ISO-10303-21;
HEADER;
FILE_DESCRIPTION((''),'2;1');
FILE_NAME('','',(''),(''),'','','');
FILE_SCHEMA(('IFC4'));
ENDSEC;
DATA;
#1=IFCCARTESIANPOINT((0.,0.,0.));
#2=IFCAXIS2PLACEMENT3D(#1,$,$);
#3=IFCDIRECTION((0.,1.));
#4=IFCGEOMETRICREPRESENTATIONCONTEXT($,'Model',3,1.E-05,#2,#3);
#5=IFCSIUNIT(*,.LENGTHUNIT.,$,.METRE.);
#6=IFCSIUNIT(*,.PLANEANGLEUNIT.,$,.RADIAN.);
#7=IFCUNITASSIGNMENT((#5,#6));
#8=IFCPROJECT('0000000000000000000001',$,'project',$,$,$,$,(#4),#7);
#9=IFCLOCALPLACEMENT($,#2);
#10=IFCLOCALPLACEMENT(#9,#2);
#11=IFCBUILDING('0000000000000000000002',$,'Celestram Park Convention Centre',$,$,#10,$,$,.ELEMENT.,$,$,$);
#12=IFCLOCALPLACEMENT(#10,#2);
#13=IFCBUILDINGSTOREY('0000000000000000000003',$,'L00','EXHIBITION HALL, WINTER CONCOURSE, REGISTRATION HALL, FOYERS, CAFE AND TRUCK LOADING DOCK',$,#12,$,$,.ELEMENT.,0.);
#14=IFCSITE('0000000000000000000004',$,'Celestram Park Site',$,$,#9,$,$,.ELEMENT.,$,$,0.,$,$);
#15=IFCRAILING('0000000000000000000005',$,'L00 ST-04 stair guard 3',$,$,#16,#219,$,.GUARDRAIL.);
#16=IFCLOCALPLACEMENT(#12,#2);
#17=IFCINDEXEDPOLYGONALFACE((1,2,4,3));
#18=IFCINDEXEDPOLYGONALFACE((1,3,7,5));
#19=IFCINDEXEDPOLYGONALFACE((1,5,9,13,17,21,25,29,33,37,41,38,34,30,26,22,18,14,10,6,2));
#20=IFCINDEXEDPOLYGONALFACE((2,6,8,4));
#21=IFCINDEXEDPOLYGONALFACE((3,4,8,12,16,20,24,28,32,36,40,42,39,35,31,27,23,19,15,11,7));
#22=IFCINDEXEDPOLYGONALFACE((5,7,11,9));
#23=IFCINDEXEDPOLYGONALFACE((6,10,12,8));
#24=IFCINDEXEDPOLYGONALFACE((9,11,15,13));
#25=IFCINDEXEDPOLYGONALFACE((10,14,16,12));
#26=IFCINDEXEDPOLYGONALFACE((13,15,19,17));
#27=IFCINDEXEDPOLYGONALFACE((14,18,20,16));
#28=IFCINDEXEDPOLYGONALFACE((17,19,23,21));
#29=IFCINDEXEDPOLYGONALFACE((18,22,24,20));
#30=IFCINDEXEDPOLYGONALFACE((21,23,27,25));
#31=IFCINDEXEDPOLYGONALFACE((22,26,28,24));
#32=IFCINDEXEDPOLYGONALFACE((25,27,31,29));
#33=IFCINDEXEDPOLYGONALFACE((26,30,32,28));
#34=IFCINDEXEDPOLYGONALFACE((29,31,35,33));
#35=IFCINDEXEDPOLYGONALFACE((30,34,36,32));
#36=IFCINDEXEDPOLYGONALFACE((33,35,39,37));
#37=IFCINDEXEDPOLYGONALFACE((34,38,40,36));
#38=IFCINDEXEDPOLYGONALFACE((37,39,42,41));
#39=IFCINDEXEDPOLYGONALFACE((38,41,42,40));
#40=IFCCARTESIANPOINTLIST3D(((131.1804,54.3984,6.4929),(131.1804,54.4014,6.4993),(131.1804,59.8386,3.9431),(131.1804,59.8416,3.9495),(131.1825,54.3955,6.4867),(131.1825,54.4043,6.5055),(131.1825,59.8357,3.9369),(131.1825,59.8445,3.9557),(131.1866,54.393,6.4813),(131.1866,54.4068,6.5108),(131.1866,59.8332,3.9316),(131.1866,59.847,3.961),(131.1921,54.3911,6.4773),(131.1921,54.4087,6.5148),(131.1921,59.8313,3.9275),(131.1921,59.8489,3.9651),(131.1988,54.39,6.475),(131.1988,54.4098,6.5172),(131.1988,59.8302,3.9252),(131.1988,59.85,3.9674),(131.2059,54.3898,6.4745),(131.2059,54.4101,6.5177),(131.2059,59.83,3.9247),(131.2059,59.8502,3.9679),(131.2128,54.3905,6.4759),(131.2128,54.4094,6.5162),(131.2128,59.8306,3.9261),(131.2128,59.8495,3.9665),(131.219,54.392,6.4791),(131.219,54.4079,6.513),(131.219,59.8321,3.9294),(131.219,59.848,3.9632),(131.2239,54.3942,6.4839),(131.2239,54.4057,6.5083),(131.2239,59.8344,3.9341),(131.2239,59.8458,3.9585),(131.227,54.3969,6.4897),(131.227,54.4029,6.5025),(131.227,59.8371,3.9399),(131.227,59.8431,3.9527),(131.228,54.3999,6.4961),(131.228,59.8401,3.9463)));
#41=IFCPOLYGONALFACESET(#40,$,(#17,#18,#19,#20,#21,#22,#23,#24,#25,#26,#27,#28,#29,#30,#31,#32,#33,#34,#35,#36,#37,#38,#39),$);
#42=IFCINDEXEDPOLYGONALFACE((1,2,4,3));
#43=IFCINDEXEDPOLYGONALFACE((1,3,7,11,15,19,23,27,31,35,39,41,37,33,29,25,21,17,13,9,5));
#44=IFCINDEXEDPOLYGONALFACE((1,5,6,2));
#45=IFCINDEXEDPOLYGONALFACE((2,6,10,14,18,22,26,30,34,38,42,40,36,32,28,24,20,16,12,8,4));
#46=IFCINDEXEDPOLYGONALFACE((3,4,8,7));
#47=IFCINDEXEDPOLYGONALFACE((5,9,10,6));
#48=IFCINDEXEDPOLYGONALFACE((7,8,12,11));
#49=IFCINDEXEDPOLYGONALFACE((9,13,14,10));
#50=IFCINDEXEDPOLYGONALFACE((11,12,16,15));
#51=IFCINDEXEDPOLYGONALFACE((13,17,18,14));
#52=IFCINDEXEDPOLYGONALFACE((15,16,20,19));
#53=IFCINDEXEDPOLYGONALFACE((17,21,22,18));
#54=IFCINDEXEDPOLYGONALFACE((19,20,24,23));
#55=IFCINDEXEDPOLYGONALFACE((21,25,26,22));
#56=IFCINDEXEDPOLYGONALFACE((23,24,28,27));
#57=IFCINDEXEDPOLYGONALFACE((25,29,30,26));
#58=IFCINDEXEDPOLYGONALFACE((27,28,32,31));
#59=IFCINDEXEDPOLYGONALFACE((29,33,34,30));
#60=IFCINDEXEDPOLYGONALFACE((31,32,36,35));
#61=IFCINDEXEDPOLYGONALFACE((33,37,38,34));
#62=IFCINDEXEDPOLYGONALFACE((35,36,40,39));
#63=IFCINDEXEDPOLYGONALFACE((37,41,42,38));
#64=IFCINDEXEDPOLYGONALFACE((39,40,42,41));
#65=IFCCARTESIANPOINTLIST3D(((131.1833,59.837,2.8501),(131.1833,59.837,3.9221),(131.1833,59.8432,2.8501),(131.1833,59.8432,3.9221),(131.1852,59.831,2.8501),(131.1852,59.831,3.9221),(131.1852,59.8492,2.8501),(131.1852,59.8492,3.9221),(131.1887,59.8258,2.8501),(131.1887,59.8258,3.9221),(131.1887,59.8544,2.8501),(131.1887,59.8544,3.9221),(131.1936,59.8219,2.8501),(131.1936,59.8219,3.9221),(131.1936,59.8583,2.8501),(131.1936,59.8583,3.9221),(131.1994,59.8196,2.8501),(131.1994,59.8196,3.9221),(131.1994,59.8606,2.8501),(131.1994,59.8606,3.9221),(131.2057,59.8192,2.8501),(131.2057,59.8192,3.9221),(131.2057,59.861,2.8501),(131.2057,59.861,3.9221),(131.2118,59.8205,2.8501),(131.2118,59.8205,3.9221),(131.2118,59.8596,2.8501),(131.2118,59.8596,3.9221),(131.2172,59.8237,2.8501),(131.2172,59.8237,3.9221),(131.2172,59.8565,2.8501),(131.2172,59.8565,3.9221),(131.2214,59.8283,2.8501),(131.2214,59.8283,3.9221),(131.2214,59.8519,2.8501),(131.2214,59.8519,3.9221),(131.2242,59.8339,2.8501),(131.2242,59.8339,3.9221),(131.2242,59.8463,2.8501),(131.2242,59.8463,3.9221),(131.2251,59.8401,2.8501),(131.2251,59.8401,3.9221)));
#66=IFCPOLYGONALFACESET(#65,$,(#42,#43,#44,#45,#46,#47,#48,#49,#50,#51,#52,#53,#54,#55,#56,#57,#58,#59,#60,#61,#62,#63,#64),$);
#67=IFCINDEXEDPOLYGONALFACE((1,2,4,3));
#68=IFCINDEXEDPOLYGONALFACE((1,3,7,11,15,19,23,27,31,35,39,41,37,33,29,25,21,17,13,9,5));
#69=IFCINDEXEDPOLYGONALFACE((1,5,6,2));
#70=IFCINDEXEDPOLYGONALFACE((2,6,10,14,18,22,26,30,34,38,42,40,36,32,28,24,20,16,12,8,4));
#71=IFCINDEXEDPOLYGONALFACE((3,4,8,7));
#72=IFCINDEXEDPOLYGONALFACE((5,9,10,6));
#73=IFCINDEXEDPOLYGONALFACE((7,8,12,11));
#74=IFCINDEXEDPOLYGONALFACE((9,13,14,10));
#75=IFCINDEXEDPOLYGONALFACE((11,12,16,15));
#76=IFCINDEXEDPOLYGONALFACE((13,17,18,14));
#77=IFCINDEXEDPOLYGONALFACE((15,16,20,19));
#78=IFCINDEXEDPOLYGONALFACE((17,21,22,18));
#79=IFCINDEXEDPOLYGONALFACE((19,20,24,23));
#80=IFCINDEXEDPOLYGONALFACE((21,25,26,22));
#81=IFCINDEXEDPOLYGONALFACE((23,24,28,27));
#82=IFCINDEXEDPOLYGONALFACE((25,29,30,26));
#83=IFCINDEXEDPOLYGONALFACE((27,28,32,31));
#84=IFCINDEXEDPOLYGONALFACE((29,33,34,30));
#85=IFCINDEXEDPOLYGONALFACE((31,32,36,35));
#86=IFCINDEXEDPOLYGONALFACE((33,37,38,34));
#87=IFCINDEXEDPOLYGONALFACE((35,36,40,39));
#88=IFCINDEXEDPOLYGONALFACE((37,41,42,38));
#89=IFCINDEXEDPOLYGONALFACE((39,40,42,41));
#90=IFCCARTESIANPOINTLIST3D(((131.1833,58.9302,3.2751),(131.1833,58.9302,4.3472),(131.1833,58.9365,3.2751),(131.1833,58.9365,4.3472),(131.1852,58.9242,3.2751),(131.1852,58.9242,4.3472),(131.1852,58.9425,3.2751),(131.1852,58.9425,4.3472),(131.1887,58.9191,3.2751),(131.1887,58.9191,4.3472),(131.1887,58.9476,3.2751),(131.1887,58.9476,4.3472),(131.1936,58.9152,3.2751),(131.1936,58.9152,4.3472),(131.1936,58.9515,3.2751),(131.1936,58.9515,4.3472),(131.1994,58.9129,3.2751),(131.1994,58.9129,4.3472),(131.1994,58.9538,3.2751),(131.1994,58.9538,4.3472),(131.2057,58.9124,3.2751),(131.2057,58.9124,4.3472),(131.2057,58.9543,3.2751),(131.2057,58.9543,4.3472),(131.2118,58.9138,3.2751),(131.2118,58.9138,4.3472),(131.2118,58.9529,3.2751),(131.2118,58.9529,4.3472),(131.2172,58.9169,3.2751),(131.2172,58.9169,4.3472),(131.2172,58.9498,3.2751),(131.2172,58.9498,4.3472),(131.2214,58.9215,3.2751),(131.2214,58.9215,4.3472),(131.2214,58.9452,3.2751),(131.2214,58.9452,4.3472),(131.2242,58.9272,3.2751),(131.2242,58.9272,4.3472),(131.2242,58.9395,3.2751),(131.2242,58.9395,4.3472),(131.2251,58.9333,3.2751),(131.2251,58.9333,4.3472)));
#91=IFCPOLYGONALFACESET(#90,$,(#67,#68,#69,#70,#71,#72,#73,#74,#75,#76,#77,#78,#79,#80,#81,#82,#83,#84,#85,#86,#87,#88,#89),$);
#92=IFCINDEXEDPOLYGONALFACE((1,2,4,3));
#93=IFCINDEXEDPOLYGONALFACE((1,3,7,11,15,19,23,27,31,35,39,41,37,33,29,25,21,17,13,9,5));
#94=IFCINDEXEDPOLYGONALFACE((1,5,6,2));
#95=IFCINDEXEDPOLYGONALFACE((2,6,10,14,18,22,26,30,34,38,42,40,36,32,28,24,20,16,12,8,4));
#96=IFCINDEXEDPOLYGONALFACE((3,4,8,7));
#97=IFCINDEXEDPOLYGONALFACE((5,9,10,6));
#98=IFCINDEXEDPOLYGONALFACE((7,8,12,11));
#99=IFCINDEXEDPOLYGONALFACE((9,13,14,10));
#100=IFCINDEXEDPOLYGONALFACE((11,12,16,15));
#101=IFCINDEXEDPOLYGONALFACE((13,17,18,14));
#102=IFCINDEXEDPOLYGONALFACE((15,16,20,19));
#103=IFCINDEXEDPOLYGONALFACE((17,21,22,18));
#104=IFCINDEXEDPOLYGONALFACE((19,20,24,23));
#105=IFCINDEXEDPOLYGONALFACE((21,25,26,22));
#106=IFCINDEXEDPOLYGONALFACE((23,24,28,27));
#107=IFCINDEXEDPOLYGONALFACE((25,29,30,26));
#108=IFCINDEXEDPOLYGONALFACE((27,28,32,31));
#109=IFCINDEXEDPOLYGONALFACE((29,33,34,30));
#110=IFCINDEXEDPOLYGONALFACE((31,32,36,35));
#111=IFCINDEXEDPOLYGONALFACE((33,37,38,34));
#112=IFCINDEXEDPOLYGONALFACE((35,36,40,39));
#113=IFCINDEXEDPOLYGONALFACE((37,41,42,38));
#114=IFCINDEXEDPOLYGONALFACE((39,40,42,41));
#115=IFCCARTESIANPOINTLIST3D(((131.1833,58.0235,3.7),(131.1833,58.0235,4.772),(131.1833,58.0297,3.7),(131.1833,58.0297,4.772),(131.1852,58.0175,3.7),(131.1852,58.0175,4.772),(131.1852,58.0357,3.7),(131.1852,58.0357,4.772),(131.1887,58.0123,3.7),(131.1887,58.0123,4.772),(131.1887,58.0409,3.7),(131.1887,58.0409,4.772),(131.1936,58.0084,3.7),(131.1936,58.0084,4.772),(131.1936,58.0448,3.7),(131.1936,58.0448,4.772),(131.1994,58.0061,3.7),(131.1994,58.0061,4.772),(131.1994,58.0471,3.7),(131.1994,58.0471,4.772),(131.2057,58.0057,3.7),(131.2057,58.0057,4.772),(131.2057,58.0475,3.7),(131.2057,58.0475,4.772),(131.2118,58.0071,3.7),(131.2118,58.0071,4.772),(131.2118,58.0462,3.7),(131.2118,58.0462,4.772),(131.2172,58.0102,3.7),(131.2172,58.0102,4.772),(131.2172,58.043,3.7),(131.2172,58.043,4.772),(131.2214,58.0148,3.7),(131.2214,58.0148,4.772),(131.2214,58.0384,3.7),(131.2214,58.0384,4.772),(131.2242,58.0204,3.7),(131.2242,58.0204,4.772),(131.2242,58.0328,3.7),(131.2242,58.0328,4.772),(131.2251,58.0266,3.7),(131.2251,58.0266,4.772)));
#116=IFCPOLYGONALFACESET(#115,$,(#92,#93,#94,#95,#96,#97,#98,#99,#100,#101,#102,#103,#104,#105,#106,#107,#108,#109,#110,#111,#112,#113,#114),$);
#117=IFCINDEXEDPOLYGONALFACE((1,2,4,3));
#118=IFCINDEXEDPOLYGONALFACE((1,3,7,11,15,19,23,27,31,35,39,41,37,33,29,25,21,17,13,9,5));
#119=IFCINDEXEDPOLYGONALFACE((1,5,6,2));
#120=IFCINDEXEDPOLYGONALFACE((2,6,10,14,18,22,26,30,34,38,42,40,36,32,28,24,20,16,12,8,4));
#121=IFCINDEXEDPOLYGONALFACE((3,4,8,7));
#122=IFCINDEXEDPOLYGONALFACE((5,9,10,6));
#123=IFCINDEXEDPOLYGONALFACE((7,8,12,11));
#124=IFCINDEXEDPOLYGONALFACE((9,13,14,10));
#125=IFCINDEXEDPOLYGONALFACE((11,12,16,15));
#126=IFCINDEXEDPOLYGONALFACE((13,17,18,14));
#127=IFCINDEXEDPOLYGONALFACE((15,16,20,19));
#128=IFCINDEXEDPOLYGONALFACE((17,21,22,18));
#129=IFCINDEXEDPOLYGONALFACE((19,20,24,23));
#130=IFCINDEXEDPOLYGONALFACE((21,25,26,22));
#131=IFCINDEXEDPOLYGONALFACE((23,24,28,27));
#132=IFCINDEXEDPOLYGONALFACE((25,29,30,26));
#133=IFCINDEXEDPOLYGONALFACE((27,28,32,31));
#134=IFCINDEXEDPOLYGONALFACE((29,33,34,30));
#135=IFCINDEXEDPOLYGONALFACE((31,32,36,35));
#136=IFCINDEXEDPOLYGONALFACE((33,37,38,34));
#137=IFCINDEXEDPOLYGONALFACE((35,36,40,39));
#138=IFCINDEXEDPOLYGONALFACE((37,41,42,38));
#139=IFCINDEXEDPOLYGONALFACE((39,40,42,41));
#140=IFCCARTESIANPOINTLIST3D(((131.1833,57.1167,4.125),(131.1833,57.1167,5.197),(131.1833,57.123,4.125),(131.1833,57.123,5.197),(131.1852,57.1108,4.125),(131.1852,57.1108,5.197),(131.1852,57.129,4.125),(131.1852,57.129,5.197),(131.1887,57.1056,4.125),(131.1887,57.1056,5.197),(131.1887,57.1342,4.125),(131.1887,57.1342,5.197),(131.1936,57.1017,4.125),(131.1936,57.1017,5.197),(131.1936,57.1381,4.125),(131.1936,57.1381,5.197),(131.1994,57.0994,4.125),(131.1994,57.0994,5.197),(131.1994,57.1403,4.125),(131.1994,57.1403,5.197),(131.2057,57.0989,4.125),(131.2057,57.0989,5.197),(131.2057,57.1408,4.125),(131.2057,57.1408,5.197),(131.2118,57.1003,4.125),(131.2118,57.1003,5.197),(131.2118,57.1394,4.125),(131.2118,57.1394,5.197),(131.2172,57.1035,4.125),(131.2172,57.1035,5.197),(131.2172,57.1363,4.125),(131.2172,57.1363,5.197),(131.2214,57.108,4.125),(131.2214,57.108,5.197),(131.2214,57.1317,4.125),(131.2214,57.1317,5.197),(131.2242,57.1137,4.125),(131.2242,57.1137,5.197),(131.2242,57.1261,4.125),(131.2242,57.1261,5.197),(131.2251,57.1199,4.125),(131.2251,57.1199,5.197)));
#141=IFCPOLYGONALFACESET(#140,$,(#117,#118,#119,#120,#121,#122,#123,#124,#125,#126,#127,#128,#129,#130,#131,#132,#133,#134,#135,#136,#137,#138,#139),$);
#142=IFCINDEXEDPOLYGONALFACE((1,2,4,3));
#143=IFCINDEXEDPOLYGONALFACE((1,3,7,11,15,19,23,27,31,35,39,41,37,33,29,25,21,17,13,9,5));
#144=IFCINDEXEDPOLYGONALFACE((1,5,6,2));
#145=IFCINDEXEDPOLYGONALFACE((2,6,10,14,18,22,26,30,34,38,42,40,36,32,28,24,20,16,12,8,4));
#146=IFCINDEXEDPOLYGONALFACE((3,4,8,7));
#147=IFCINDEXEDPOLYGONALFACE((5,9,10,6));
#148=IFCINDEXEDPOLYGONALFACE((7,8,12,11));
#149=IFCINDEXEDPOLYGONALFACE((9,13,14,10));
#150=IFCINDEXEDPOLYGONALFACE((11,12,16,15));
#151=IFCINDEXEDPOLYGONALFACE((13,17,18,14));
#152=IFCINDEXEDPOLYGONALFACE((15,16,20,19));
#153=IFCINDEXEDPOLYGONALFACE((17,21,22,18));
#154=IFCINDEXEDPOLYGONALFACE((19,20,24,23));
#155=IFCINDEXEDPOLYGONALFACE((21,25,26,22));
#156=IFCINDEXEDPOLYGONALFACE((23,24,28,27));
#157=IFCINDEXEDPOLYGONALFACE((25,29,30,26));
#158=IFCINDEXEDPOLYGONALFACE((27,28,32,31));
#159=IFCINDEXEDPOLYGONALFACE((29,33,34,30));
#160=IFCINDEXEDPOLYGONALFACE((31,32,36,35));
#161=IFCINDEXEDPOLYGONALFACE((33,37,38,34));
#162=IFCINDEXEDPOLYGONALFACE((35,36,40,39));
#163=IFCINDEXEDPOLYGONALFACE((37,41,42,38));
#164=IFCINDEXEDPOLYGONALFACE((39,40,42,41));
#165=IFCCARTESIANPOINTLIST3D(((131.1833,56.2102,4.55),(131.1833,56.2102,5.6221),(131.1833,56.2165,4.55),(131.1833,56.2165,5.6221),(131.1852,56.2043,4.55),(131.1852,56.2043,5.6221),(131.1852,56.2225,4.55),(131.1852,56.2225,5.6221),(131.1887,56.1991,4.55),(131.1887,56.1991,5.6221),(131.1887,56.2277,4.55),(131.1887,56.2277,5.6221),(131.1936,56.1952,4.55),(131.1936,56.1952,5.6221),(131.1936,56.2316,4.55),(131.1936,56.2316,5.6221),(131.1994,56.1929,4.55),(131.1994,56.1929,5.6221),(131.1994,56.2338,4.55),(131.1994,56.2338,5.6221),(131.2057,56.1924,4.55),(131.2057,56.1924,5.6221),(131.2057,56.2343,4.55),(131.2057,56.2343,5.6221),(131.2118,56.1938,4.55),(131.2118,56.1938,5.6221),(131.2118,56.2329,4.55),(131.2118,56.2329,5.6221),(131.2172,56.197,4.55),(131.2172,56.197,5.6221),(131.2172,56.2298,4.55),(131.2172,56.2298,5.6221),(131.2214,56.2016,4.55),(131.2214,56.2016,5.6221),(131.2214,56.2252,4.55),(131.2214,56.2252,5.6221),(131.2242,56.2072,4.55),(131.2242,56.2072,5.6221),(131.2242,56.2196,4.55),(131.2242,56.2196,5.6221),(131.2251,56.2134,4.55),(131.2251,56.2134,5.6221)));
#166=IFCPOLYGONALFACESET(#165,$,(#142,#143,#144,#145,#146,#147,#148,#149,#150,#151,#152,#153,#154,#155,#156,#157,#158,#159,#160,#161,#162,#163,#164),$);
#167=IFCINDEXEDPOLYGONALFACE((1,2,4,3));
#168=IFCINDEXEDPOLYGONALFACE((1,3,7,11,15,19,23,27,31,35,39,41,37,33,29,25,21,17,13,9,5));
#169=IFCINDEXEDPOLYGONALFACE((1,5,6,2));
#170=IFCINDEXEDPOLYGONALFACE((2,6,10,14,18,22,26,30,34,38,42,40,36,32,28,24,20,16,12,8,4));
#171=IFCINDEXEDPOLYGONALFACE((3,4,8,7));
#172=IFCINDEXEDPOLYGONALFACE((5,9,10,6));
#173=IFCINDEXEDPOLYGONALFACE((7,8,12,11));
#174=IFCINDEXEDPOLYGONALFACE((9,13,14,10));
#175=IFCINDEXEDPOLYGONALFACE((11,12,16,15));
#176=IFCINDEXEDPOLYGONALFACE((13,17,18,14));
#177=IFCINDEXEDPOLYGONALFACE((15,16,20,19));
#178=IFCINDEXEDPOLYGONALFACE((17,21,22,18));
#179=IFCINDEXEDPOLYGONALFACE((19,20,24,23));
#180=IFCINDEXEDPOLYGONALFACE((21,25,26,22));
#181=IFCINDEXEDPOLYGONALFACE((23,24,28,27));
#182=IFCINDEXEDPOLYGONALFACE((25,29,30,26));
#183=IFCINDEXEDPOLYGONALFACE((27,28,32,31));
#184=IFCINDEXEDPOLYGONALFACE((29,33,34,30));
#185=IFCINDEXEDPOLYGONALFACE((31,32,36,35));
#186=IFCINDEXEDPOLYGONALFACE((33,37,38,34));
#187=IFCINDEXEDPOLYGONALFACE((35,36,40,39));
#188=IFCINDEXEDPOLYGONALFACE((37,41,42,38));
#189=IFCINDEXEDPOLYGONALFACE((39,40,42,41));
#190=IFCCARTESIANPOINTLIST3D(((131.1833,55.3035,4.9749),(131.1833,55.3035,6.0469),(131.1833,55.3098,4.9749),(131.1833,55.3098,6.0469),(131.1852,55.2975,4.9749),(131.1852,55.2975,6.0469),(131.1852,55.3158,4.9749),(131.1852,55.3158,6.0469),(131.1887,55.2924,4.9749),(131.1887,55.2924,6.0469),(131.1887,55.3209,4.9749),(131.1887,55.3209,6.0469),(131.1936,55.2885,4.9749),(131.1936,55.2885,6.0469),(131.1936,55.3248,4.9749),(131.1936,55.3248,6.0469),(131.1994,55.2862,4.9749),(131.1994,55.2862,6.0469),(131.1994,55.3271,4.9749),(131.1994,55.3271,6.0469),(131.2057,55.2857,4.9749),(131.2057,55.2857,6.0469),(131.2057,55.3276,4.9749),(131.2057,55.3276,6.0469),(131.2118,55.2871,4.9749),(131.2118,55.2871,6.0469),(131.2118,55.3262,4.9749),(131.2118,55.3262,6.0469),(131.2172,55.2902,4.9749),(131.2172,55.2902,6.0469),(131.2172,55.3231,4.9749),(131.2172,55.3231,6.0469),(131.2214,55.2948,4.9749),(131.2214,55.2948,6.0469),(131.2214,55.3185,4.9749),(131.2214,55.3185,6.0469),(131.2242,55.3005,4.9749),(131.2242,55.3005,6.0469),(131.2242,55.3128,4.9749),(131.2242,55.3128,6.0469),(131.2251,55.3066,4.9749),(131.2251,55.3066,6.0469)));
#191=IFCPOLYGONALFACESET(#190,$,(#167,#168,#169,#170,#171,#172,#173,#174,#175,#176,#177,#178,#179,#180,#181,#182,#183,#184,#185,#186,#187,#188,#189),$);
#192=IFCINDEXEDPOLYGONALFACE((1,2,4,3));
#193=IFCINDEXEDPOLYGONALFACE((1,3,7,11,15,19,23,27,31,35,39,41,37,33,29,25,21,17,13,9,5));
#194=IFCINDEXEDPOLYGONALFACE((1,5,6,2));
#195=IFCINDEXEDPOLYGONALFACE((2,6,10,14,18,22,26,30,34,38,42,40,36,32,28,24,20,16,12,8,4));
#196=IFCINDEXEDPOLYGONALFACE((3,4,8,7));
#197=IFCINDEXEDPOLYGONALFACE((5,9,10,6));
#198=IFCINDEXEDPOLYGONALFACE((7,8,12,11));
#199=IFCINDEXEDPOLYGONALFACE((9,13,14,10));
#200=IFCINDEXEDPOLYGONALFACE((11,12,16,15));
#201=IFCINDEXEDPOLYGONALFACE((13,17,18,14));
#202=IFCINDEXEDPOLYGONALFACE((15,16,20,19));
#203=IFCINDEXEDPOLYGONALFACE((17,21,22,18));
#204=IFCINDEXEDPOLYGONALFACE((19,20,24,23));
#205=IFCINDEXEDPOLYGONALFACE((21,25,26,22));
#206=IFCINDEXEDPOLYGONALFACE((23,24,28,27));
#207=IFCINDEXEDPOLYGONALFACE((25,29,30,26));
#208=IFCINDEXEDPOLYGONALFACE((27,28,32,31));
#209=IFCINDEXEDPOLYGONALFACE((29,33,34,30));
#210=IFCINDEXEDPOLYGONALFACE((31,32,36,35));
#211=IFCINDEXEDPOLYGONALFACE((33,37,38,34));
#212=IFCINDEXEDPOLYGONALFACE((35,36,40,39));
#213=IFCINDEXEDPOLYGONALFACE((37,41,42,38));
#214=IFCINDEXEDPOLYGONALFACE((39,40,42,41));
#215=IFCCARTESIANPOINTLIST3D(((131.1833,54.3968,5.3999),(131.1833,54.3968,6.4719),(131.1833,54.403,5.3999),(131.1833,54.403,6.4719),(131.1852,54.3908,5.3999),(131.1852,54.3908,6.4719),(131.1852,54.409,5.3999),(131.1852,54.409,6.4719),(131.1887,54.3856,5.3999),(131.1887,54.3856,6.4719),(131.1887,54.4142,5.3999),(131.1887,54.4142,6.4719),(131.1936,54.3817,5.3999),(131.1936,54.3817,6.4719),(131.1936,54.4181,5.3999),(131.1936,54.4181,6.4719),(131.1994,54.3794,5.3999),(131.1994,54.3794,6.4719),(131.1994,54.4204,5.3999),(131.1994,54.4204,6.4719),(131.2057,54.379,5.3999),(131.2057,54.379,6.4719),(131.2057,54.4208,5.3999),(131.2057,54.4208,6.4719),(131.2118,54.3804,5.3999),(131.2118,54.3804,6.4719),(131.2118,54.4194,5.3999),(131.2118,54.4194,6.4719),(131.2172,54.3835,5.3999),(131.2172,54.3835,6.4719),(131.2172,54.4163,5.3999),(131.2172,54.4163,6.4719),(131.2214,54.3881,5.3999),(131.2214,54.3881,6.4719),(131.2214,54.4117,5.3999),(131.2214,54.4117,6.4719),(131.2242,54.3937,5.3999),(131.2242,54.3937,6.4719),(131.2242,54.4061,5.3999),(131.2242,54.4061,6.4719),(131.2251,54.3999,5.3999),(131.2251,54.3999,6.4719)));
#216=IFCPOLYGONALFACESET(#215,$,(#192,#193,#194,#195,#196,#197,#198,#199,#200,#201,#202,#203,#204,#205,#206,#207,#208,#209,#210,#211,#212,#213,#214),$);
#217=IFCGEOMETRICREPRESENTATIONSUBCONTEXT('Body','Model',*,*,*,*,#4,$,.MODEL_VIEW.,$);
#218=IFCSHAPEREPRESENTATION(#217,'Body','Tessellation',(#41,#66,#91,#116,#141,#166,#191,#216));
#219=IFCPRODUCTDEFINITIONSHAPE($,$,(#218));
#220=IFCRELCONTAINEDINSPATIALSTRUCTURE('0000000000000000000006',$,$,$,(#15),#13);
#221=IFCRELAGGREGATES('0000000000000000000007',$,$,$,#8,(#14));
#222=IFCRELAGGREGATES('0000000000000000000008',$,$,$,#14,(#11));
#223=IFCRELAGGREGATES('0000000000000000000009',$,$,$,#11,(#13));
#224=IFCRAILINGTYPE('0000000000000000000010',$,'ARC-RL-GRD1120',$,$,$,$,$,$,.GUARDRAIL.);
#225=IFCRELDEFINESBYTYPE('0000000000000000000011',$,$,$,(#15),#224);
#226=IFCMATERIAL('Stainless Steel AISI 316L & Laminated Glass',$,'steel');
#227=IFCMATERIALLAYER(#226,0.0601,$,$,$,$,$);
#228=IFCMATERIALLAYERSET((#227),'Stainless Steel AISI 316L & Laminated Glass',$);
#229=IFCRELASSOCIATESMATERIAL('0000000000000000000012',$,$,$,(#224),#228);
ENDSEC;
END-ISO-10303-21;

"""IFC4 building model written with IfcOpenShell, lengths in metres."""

from ifc_helpers import new_model, si_unit, direction, frame, origin, origin_2d, place, context, subcontext, project, spatial, circle, extrude, material, layer, layer_set, type_object, element, save


model = new_model("IFC4")

# Units and contexts
model_context = context("Model", 3, precision=1e-05, world=origin(), true_north=direction((0.0, 1.0)))
body_context = subcontext(model_context, "Body", "Model", "MODEL_VIEW")
ifc_project = project(units=[si_unit("LENGTHUNIT", "METRE"), si_unit("PLANEANGLEUNIT", "RADIAN")], contexts=[model_context])

# Site, building, storey
site_placement = place(None, origin())
site = spatial("IfcSite", under=ifc_project, at=site_placement, Name="Celestram Park Site", CompositionType="ELEMENT", RefElevation=0.0)
building_placement = place(site_placement, origin())
building = spatial("IfcBuilding", under=site, at=building_placement, Name="Celestram Park Convention Centre", CompositionType="ELEMENT")
storey_placement = place(building_placement, origin())
storey = spatial("IfcBuildingStorey", under=building, at=storey_placement, Name="L00", Description="EXHIBITION HALL, WINTER CONCOURSE, REGISTRATION HALL, FOYERS, CAFE AND TRUCK LOADING DOCK", CompositionType="ELEMENT", Elevation=0.0)

# Railing
ifc_material_1 = material(Name="Stainless Steel AISI 316L & Laminated Glass", Category="steel")
ifc_layer_1 = layer(ifc_material_1, 0.0601)
ifc_layer_set_1 = layer_set([ifc_layer_1], Name="Stainless Steel AISI 316L & Laminated Glass")
railing_type_1 = type_object("IfcRailingType", Name="ARC-RL-GRD1120", PredefinedType="GUARDRAIL", material=ifc_layer_set_1)
railing_1_placement = place(storey_placement, frame((131.2041, 59.8401, 2.8501)))
element("IfcRailing", 1, at=railing_1_placement, inside=storey, type_object=railing_type_1, Name="L00 ST-04 stair guard 3", PredefinedType="GUARDRAIL", context=body_context, shape_type="SweptSolid", body=[
    extrude(circle(Radius=0.0239, at=origin_2d()), frame((0.0, 0.0, 1.0962), z_axis=(0.0, -0.905477, 0.424395), x_axis=(1.0, 0.0, 0.0)), (0.0, 0.0, 1.0), 6.0081),
    extrude(circle(Radius=0.021, at=origin_2d()), origin(), (0.0, 0.0, 1.0), 1.072),
    extrude(circle(Radius=0.021, at=origin_2d()), frame((0.0, -0.9067, 0.425)), (0.0, 0.0, 1.0), 1.072),
    extrude(circle(Radius=0.021, at=origin_2d()), frame((0.0, -1.8135, 0.8499)), (0.0, 0.0, 1.0), 1.072),
    extrude(circle(Radius=0.021, at=origin_2d()), frame((0.0, -2.7202, 1.2749)), (0.0, 0.0, 1.0), 1.072),
    extrude(circle(Radius=0.021, at=origin_2d()), frame((0.0, -3.6267, 1.7)), (0.0, 0.0, 1.0), 1.072),
    extrude(circle(Radius=0.021, at=origin_2d()), frame((0.0, -4.5334, 2.1248)), (0.0, 0.0, 1.0), 1.072),
    extrude(circle(Radius=0.021, at=origin_2d()), frame((0.0, -5.4402, 2.5498)), (0.0, 0.0, 1.0), 1.072),
])

save(model, "model.ifc")
